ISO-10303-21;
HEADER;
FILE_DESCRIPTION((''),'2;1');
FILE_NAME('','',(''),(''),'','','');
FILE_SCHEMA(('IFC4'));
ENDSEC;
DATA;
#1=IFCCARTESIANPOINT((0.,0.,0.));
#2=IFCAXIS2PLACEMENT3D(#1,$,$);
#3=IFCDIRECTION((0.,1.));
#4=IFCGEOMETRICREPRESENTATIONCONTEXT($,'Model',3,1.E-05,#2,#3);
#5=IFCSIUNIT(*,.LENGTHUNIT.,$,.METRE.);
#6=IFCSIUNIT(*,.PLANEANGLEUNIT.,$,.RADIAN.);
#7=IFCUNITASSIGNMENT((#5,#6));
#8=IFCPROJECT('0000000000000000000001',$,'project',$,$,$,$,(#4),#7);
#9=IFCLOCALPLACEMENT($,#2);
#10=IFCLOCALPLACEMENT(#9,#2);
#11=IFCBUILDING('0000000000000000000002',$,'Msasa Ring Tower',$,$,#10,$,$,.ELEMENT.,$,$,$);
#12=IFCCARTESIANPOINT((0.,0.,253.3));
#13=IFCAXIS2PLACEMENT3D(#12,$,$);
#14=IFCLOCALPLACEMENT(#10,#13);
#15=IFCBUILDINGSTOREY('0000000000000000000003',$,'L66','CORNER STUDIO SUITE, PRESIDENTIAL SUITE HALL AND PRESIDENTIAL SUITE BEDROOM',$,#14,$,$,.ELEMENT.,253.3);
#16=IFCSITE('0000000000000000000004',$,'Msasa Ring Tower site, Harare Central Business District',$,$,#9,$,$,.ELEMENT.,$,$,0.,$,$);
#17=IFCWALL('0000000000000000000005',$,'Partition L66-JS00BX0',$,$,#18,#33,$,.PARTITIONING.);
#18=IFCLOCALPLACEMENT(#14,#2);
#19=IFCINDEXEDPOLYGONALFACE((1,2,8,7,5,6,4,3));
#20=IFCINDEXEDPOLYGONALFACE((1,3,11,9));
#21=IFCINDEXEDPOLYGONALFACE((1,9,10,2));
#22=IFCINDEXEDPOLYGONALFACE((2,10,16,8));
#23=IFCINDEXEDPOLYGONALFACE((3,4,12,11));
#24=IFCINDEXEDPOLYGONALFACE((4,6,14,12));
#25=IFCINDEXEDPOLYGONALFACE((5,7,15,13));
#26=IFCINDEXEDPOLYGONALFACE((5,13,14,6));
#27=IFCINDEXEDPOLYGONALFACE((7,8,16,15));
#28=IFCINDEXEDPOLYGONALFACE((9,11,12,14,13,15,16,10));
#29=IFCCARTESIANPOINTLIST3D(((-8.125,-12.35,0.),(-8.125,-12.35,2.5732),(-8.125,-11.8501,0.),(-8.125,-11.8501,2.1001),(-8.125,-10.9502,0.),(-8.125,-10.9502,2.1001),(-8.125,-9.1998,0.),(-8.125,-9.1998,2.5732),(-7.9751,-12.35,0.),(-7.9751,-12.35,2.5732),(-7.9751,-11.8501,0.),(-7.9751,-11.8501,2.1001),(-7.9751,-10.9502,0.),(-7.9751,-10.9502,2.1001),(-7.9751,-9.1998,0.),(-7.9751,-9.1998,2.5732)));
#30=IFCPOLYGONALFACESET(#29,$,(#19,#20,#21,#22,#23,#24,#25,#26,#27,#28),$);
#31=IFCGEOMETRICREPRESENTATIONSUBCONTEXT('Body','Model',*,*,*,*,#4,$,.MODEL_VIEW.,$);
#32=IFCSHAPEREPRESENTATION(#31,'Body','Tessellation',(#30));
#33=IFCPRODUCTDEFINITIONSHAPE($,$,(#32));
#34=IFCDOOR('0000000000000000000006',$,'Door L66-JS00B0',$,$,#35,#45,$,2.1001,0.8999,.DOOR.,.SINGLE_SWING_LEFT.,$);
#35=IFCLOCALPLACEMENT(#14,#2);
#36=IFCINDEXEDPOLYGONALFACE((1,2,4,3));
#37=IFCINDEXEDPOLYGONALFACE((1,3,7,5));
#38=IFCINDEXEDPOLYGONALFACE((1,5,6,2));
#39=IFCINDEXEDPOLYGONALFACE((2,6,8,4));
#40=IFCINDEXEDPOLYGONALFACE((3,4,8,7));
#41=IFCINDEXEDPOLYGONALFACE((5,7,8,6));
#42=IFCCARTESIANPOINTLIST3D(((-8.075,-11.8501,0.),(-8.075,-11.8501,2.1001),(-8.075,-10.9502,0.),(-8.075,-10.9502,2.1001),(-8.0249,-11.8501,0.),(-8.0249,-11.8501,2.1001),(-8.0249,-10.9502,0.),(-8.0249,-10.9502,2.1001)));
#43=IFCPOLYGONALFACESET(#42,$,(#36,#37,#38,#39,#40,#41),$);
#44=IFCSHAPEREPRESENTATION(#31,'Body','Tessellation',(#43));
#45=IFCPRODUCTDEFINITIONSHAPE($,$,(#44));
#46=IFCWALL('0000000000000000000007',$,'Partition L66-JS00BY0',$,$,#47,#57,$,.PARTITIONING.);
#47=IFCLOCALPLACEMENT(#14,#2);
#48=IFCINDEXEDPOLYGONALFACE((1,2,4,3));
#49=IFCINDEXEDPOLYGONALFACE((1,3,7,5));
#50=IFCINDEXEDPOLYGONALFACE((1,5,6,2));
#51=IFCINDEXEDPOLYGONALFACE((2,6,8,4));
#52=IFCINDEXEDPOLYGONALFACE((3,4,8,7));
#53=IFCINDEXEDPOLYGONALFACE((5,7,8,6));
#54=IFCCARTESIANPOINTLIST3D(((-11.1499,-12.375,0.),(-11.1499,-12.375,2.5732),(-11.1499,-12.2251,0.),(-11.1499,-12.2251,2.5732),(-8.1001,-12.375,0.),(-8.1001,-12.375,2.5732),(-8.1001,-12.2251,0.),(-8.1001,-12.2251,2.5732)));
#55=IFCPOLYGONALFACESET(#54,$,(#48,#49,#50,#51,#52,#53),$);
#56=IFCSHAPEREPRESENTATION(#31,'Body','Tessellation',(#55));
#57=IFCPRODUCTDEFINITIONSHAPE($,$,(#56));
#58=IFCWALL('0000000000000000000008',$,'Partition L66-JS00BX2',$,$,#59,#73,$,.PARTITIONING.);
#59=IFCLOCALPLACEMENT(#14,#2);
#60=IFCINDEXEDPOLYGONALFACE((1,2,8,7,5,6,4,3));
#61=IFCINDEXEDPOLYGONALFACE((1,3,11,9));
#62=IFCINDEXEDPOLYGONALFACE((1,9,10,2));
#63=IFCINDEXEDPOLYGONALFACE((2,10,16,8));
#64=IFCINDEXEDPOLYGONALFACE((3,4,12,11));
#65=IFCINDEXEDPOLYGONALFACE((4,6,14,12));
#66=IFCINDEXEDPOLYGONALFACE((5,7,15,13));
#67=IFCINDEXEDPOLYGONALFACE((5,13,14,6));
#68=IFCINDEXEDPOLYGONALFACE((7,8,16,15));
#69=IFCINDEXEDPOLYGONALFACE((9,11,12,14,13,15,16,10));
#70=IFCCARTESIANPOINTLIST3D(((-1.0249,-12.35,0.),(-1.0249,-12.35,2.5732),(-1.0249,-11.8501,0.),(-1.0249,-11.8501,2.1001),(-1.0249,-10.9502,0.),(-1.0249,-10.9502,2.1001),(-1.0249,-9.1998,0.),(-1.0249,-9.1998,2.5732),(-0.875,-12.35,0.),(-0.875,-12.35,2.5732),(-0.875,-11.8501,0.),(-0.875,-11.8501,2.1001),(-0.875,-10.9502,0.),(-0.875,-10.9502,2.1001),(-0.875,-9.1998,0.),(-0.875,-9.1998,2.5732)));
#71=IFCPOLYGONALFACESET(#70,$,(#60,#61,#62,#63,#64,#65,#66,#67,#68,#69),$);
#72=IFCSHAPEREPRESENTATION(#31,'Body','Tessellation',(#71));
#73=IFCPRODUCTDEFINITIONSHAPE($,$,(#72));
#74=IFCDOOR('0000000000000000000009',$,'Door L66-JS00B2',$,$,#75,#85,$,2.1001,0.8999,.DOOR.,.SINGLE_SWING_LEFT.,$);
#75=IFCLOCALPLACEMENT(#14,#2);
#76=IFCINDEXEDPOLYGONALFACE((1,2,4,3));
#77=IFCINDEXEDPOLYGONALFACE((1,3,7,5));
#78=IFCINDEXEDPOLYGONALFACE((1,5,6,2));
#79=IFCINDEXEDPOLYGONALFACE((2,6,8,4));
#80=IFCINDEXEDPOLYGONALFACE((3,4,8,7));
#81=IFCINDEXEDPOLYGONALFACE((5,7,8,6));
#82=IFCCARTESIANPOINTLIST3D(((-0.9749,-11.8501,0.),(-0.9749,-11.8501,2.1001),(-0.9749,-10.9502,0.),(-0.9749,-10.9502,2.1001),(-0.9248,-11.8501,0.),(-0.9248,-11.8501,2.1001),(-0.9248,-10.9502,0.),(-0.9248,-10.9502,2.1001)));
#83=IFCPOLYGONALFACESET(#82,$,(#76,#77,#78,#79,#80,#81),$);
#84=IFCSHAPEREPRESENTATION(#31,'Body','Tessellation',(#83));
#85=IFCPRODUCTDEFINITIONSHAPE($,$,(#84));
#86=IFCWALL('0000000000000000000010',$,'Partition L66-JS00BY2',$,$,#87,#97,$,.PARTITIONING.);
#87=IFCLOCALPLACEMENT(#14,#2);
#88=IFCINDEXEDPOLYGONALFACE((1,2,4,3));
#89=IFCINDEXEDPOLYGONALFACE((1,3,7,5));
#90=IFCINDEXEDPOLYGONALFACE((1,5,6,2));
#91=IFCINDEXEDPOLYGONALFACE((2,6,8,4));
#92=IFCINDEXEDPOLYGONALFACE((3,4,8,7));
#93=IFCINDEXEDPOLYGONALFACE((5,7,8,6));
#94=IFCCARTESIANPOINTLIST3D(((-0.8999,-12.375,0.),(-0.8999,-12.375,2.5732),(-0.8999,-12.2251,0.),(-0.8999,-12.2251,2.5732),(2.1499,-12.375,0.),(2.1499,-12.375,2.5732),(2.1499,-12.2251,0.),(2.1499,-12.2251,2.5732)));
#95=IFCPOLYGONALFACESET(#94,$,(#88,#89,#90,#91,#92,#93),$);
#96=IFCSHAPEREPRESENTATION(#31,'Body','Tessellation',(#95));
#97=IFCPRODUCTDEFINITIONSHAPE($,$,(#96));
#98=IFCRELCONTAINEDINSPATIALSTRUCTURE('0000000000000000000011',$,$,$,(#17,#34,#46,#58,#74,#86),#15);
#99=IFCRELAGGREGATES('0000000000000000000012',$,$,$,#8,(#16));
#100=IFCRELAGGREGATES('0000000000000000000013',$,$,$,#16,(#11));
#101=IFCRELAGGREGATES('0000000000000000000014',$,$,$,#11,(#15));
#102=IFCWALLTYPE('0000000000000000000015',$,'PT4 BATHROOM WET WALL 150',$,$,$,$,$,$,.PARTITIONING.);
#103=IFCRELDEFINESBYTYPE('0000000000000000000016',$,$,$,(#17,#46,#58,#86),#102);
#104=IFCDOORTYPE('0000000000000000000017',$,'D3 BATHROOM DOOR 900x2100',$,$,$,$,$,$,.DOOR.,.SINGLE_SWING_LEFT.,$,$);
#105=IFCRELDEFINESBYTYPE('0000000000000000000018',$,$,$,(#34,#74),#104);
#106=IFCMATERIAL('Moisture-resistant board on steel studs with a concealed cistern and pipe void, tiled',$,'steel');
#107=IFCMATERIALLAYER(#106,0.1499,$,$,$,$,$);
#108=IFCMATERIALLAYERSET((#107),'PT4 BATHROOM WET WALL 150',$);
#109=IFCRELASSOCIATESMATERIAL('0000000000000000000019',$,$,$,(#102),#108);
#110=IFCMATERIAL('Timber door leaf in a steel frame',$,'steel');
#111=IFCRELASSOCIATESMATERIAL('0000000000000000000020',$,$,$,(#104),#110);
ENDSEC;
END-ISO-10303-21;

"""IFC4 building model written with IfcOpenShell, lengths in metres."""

from ifc_helpers import new_model, si_unit, direction, frame, frame_2d, origin, place, context, subcontext, project, spatial, rectangle, extrude, material, layer, layer_set, type_object, element, fill, save


model = new_model("IFC4")

# Units and contexts
model_context = context("Model", 3, precision=1e-05, world=origin(), true_north=direction((0.0, 1.0)))
body_context = subcontext(model_context, "Body", "Model", "MODEL_VIEW")
ifc_project = project(units=[si_unit("LENGTHUNIT", "METRE"), si_unit("PLANEANGLEUNIT", "RADIAN")], contexts=[model_context])

# Site, building, storey
site_placement = place(None, origin())
site = spatial("IfcSite", under=ifc_project, at=site_placement, Name="Msasa Ring Tower site, Harare Central Business District", CompositionType="ELEMENT", RefElevation=0.0)
building_placement = place(site_placement, origin())
building = spatial("IfcBuilding", under=site, at=building_placement, Name="Msasa Ring Tower", CompositionType="ELEMENT")
storey_placement = place(building_placement, frame((0.0, 0.0, 253.3)))
storey = spatial("IfcBuildingStorey", under=building, at=storey_placement, Name="L66", Description="CORNER STUDIO SUITE, PRESIDENTIAL SUITE HALL AND PRESIDENTIAL SUITE BEDROOM", CompositionType="ELEMENT", Elevation=253.3)

# Wall, opening, door
ifc_material_1 = material(Name="Moisture-resistant board on steel studs with a concealed cistern and pipe void, tiled", Category="steel")
ifc_layer_1 = layer(ifc_material_1, 0.1499)
ifc_layer_set_1 = layer_set([ifc_layer_1], Name="PT4 BATHROOM WET WALL 150")
wall_type_1 = type_object("IfcWallType", Name="PT4 BATHROOM WET WALL 150", PredefinedType="PARTITIONING", material=ifc_layer_set_1)
wall_1_placement = place(storey_placement, frame((-8.05, -12.3501, 0.0), z_axis=(0.0, 0.0, 1.0), x_axis=(0.0, 1.0, 0.0)))
wall_1 = element("IfcWall", 1, at=wall_1_placement, inside=storey, type_object=wall_type_1, Name="Partition L66-JS00BX0", PredefinedType="PARTITIONING", context=body_context, shape_type="SweptSolid", body=[
    extrude(rectangle(XDim=3.1501, YDim=0.1499, at=frame_2d((1.5752, 0.0))), origin(), (0.0, 0.0, 1.0), 2.5732),
])
opening_1_placement = place(wall_1_placement, frame((0.5, 0.0, 0.0)))
opening_1 = element("IfcOpeningElement", 2, at=opening_1_placement, cuts=wall_1, PredefinedType="OPENING", context=body_context, shape_type="SweptSolid", body=[
    extrude(rectangle(XDim=0.8999, YDim=2.1001, at=frame_2d((0.45, 1.05))), frame((0.0, 0.085, 0.0), z_axis=(0.0, -1.0, 0.0), x_axis=(1.0, 0.0, 0.0)), (0.0, 0.0, 1.0), 0.1699),
])
ifc_material_2 = material(Name="Timber door leaf in a steel frame", Category="steel")
door_type_1 = type_object("IfcDoorType", Name="D3 BATHROOM DOOR 900x2100", OperationType="SINGLE_SWING_LEFT", PredefinedType="DOOR", material=ifc_material_2)
door_1_placement = place(opening_1_placement, origin())
door_1 = element("IfcDoor", 3, at=door_1_placement, inside=storey, type_object=door_type_1, Name="Door L66-JS00B0", OperationType="SINGLE_SWING_LEFT", OverallHeight=2.1001, OverallWidth=0.8999, PredefinedType="DOOR", context=body_context, shape_type="SweptSolid", body=[
    extrude(rectangle(XDim=0.8999, YDim=2.1001, at=frame_2d((0.45, 1.05))), frame((0.0, 0.0249, 0.0), z_axis=(0.0, -1.0, 0.0), x_axis=(1.0, 0.0, 0.0)), (0.0, 0.0, 1.0), 0.05),
])
fill(opening_1, door_1)

# Wall
wall_2_placement = place(storey_placement, frame((-11.1499, -12.3, 0.0), z_axis=(0.0, 0.0, 1.0), x_axis=(1.0, 0.0, 0.0)))
element("IfcWall", 4, at=wall_2_placement, inside=storey, type_object=wall_type_1, Name="Partition L66-JS00BY0", PredefinedType="PARTITIONING", context=body_context, shape_type="SweptSolid", body=[
    extrude(rectangle(XDim=3.0498, YDim=0.1499, at=frame_2d((1.5249, 0.0))), origin(), (0.0, 0.0, 1.0), 2.5732),
])

# Wall, opening, door
wall_3_placement = place(storey_placement, frame((-0.95, -12.3501, 0.0), z_axis=(0.0, 0.0, 1.0), x_axis=(0.0, 1.0, 0.0)))
wall_3 = element("IfcWall", 5, at=wall_3_placement, inside=storey, type_object=wall_type_1, Name="Partition L66-JS00BX2", PredefinedType="PARTITIONING", context=body_context, shape_type="SweptSolid", body=[
    extrude(rectangle(XDim=3.1501, YDim=0.1499, at=frame_2d((1.5752, 0.0))), origin(), (0.0, 0.0, 1.0), 2.5732),
])
opening_2_placement = place(wall_3_placement, frame((0.5, 0.0, 0.0)))
opening_2 = element("IfcOpeningElement", 6, at=opening_2_placement, cuts=wall_3, PredefinedType="OPENING", context=body_context, shape_type="SweptSolid", body=[
    extrude(rectangle(XDim=0.8999, YDim=2.1001, at=frame_2d((0.45, 1.05))), frame((0.0, 0.085, 0.0), z_axis=(0.0, -1.0, 0.0), x_axis=(1.0, 0.0, 0.0)), (0.0, 0.0, 1.0), 0.1699),
])
door_2_placement = place(opening_2_placement, origin())
door_2 = element("IfcDoor", 7, at=door_2_placement, inside=storey, type_object=door_type_1, Name="Door L66-JS00B2", OperationType="SINGLE_SWING_LEFT", OverallHeight=2.1001, OverallWidth=0.8999, PredefinedType="DOOR", context=body_context, shape_type="SweptSolid", body=[
    extrude(rectangle(XDim=0.8999, YDim=2.1001, at=frame_2d((0.45, 1.05))), frame((0.0, 0.0249, 0.0), z_axis=(0.0, -1.0, 0.0), x_axis=(1.0, 0.0, 0.0)), (0.0, 0.0, 1.0), 0.05),
])
fill(opening_2, door_2)

# Wall
wall_4_placement = place(storey_placement, frame((-0.8999, -12.3, 0.0), z_axis=(0.0, 0.0, 1.0), x_axis=(1.0, 0.0, 0.0)))
element("IfcWall", 8, at=wall_4_placement, inside=storey, type_object=wall_type_1, Name="Partition L66-JS00BY2", PredefinedType="PARTITIONING", context=body_context, shape_type="SweptSolid", body=[
    extrude(rectangle(XDim=3.0498, YDim=0.1499, at=frame_2d((1.5249, 0.0))), origin(), (0.0, 0.0, 1.0), 2.5732),
])

save(model, "model.ifc")
